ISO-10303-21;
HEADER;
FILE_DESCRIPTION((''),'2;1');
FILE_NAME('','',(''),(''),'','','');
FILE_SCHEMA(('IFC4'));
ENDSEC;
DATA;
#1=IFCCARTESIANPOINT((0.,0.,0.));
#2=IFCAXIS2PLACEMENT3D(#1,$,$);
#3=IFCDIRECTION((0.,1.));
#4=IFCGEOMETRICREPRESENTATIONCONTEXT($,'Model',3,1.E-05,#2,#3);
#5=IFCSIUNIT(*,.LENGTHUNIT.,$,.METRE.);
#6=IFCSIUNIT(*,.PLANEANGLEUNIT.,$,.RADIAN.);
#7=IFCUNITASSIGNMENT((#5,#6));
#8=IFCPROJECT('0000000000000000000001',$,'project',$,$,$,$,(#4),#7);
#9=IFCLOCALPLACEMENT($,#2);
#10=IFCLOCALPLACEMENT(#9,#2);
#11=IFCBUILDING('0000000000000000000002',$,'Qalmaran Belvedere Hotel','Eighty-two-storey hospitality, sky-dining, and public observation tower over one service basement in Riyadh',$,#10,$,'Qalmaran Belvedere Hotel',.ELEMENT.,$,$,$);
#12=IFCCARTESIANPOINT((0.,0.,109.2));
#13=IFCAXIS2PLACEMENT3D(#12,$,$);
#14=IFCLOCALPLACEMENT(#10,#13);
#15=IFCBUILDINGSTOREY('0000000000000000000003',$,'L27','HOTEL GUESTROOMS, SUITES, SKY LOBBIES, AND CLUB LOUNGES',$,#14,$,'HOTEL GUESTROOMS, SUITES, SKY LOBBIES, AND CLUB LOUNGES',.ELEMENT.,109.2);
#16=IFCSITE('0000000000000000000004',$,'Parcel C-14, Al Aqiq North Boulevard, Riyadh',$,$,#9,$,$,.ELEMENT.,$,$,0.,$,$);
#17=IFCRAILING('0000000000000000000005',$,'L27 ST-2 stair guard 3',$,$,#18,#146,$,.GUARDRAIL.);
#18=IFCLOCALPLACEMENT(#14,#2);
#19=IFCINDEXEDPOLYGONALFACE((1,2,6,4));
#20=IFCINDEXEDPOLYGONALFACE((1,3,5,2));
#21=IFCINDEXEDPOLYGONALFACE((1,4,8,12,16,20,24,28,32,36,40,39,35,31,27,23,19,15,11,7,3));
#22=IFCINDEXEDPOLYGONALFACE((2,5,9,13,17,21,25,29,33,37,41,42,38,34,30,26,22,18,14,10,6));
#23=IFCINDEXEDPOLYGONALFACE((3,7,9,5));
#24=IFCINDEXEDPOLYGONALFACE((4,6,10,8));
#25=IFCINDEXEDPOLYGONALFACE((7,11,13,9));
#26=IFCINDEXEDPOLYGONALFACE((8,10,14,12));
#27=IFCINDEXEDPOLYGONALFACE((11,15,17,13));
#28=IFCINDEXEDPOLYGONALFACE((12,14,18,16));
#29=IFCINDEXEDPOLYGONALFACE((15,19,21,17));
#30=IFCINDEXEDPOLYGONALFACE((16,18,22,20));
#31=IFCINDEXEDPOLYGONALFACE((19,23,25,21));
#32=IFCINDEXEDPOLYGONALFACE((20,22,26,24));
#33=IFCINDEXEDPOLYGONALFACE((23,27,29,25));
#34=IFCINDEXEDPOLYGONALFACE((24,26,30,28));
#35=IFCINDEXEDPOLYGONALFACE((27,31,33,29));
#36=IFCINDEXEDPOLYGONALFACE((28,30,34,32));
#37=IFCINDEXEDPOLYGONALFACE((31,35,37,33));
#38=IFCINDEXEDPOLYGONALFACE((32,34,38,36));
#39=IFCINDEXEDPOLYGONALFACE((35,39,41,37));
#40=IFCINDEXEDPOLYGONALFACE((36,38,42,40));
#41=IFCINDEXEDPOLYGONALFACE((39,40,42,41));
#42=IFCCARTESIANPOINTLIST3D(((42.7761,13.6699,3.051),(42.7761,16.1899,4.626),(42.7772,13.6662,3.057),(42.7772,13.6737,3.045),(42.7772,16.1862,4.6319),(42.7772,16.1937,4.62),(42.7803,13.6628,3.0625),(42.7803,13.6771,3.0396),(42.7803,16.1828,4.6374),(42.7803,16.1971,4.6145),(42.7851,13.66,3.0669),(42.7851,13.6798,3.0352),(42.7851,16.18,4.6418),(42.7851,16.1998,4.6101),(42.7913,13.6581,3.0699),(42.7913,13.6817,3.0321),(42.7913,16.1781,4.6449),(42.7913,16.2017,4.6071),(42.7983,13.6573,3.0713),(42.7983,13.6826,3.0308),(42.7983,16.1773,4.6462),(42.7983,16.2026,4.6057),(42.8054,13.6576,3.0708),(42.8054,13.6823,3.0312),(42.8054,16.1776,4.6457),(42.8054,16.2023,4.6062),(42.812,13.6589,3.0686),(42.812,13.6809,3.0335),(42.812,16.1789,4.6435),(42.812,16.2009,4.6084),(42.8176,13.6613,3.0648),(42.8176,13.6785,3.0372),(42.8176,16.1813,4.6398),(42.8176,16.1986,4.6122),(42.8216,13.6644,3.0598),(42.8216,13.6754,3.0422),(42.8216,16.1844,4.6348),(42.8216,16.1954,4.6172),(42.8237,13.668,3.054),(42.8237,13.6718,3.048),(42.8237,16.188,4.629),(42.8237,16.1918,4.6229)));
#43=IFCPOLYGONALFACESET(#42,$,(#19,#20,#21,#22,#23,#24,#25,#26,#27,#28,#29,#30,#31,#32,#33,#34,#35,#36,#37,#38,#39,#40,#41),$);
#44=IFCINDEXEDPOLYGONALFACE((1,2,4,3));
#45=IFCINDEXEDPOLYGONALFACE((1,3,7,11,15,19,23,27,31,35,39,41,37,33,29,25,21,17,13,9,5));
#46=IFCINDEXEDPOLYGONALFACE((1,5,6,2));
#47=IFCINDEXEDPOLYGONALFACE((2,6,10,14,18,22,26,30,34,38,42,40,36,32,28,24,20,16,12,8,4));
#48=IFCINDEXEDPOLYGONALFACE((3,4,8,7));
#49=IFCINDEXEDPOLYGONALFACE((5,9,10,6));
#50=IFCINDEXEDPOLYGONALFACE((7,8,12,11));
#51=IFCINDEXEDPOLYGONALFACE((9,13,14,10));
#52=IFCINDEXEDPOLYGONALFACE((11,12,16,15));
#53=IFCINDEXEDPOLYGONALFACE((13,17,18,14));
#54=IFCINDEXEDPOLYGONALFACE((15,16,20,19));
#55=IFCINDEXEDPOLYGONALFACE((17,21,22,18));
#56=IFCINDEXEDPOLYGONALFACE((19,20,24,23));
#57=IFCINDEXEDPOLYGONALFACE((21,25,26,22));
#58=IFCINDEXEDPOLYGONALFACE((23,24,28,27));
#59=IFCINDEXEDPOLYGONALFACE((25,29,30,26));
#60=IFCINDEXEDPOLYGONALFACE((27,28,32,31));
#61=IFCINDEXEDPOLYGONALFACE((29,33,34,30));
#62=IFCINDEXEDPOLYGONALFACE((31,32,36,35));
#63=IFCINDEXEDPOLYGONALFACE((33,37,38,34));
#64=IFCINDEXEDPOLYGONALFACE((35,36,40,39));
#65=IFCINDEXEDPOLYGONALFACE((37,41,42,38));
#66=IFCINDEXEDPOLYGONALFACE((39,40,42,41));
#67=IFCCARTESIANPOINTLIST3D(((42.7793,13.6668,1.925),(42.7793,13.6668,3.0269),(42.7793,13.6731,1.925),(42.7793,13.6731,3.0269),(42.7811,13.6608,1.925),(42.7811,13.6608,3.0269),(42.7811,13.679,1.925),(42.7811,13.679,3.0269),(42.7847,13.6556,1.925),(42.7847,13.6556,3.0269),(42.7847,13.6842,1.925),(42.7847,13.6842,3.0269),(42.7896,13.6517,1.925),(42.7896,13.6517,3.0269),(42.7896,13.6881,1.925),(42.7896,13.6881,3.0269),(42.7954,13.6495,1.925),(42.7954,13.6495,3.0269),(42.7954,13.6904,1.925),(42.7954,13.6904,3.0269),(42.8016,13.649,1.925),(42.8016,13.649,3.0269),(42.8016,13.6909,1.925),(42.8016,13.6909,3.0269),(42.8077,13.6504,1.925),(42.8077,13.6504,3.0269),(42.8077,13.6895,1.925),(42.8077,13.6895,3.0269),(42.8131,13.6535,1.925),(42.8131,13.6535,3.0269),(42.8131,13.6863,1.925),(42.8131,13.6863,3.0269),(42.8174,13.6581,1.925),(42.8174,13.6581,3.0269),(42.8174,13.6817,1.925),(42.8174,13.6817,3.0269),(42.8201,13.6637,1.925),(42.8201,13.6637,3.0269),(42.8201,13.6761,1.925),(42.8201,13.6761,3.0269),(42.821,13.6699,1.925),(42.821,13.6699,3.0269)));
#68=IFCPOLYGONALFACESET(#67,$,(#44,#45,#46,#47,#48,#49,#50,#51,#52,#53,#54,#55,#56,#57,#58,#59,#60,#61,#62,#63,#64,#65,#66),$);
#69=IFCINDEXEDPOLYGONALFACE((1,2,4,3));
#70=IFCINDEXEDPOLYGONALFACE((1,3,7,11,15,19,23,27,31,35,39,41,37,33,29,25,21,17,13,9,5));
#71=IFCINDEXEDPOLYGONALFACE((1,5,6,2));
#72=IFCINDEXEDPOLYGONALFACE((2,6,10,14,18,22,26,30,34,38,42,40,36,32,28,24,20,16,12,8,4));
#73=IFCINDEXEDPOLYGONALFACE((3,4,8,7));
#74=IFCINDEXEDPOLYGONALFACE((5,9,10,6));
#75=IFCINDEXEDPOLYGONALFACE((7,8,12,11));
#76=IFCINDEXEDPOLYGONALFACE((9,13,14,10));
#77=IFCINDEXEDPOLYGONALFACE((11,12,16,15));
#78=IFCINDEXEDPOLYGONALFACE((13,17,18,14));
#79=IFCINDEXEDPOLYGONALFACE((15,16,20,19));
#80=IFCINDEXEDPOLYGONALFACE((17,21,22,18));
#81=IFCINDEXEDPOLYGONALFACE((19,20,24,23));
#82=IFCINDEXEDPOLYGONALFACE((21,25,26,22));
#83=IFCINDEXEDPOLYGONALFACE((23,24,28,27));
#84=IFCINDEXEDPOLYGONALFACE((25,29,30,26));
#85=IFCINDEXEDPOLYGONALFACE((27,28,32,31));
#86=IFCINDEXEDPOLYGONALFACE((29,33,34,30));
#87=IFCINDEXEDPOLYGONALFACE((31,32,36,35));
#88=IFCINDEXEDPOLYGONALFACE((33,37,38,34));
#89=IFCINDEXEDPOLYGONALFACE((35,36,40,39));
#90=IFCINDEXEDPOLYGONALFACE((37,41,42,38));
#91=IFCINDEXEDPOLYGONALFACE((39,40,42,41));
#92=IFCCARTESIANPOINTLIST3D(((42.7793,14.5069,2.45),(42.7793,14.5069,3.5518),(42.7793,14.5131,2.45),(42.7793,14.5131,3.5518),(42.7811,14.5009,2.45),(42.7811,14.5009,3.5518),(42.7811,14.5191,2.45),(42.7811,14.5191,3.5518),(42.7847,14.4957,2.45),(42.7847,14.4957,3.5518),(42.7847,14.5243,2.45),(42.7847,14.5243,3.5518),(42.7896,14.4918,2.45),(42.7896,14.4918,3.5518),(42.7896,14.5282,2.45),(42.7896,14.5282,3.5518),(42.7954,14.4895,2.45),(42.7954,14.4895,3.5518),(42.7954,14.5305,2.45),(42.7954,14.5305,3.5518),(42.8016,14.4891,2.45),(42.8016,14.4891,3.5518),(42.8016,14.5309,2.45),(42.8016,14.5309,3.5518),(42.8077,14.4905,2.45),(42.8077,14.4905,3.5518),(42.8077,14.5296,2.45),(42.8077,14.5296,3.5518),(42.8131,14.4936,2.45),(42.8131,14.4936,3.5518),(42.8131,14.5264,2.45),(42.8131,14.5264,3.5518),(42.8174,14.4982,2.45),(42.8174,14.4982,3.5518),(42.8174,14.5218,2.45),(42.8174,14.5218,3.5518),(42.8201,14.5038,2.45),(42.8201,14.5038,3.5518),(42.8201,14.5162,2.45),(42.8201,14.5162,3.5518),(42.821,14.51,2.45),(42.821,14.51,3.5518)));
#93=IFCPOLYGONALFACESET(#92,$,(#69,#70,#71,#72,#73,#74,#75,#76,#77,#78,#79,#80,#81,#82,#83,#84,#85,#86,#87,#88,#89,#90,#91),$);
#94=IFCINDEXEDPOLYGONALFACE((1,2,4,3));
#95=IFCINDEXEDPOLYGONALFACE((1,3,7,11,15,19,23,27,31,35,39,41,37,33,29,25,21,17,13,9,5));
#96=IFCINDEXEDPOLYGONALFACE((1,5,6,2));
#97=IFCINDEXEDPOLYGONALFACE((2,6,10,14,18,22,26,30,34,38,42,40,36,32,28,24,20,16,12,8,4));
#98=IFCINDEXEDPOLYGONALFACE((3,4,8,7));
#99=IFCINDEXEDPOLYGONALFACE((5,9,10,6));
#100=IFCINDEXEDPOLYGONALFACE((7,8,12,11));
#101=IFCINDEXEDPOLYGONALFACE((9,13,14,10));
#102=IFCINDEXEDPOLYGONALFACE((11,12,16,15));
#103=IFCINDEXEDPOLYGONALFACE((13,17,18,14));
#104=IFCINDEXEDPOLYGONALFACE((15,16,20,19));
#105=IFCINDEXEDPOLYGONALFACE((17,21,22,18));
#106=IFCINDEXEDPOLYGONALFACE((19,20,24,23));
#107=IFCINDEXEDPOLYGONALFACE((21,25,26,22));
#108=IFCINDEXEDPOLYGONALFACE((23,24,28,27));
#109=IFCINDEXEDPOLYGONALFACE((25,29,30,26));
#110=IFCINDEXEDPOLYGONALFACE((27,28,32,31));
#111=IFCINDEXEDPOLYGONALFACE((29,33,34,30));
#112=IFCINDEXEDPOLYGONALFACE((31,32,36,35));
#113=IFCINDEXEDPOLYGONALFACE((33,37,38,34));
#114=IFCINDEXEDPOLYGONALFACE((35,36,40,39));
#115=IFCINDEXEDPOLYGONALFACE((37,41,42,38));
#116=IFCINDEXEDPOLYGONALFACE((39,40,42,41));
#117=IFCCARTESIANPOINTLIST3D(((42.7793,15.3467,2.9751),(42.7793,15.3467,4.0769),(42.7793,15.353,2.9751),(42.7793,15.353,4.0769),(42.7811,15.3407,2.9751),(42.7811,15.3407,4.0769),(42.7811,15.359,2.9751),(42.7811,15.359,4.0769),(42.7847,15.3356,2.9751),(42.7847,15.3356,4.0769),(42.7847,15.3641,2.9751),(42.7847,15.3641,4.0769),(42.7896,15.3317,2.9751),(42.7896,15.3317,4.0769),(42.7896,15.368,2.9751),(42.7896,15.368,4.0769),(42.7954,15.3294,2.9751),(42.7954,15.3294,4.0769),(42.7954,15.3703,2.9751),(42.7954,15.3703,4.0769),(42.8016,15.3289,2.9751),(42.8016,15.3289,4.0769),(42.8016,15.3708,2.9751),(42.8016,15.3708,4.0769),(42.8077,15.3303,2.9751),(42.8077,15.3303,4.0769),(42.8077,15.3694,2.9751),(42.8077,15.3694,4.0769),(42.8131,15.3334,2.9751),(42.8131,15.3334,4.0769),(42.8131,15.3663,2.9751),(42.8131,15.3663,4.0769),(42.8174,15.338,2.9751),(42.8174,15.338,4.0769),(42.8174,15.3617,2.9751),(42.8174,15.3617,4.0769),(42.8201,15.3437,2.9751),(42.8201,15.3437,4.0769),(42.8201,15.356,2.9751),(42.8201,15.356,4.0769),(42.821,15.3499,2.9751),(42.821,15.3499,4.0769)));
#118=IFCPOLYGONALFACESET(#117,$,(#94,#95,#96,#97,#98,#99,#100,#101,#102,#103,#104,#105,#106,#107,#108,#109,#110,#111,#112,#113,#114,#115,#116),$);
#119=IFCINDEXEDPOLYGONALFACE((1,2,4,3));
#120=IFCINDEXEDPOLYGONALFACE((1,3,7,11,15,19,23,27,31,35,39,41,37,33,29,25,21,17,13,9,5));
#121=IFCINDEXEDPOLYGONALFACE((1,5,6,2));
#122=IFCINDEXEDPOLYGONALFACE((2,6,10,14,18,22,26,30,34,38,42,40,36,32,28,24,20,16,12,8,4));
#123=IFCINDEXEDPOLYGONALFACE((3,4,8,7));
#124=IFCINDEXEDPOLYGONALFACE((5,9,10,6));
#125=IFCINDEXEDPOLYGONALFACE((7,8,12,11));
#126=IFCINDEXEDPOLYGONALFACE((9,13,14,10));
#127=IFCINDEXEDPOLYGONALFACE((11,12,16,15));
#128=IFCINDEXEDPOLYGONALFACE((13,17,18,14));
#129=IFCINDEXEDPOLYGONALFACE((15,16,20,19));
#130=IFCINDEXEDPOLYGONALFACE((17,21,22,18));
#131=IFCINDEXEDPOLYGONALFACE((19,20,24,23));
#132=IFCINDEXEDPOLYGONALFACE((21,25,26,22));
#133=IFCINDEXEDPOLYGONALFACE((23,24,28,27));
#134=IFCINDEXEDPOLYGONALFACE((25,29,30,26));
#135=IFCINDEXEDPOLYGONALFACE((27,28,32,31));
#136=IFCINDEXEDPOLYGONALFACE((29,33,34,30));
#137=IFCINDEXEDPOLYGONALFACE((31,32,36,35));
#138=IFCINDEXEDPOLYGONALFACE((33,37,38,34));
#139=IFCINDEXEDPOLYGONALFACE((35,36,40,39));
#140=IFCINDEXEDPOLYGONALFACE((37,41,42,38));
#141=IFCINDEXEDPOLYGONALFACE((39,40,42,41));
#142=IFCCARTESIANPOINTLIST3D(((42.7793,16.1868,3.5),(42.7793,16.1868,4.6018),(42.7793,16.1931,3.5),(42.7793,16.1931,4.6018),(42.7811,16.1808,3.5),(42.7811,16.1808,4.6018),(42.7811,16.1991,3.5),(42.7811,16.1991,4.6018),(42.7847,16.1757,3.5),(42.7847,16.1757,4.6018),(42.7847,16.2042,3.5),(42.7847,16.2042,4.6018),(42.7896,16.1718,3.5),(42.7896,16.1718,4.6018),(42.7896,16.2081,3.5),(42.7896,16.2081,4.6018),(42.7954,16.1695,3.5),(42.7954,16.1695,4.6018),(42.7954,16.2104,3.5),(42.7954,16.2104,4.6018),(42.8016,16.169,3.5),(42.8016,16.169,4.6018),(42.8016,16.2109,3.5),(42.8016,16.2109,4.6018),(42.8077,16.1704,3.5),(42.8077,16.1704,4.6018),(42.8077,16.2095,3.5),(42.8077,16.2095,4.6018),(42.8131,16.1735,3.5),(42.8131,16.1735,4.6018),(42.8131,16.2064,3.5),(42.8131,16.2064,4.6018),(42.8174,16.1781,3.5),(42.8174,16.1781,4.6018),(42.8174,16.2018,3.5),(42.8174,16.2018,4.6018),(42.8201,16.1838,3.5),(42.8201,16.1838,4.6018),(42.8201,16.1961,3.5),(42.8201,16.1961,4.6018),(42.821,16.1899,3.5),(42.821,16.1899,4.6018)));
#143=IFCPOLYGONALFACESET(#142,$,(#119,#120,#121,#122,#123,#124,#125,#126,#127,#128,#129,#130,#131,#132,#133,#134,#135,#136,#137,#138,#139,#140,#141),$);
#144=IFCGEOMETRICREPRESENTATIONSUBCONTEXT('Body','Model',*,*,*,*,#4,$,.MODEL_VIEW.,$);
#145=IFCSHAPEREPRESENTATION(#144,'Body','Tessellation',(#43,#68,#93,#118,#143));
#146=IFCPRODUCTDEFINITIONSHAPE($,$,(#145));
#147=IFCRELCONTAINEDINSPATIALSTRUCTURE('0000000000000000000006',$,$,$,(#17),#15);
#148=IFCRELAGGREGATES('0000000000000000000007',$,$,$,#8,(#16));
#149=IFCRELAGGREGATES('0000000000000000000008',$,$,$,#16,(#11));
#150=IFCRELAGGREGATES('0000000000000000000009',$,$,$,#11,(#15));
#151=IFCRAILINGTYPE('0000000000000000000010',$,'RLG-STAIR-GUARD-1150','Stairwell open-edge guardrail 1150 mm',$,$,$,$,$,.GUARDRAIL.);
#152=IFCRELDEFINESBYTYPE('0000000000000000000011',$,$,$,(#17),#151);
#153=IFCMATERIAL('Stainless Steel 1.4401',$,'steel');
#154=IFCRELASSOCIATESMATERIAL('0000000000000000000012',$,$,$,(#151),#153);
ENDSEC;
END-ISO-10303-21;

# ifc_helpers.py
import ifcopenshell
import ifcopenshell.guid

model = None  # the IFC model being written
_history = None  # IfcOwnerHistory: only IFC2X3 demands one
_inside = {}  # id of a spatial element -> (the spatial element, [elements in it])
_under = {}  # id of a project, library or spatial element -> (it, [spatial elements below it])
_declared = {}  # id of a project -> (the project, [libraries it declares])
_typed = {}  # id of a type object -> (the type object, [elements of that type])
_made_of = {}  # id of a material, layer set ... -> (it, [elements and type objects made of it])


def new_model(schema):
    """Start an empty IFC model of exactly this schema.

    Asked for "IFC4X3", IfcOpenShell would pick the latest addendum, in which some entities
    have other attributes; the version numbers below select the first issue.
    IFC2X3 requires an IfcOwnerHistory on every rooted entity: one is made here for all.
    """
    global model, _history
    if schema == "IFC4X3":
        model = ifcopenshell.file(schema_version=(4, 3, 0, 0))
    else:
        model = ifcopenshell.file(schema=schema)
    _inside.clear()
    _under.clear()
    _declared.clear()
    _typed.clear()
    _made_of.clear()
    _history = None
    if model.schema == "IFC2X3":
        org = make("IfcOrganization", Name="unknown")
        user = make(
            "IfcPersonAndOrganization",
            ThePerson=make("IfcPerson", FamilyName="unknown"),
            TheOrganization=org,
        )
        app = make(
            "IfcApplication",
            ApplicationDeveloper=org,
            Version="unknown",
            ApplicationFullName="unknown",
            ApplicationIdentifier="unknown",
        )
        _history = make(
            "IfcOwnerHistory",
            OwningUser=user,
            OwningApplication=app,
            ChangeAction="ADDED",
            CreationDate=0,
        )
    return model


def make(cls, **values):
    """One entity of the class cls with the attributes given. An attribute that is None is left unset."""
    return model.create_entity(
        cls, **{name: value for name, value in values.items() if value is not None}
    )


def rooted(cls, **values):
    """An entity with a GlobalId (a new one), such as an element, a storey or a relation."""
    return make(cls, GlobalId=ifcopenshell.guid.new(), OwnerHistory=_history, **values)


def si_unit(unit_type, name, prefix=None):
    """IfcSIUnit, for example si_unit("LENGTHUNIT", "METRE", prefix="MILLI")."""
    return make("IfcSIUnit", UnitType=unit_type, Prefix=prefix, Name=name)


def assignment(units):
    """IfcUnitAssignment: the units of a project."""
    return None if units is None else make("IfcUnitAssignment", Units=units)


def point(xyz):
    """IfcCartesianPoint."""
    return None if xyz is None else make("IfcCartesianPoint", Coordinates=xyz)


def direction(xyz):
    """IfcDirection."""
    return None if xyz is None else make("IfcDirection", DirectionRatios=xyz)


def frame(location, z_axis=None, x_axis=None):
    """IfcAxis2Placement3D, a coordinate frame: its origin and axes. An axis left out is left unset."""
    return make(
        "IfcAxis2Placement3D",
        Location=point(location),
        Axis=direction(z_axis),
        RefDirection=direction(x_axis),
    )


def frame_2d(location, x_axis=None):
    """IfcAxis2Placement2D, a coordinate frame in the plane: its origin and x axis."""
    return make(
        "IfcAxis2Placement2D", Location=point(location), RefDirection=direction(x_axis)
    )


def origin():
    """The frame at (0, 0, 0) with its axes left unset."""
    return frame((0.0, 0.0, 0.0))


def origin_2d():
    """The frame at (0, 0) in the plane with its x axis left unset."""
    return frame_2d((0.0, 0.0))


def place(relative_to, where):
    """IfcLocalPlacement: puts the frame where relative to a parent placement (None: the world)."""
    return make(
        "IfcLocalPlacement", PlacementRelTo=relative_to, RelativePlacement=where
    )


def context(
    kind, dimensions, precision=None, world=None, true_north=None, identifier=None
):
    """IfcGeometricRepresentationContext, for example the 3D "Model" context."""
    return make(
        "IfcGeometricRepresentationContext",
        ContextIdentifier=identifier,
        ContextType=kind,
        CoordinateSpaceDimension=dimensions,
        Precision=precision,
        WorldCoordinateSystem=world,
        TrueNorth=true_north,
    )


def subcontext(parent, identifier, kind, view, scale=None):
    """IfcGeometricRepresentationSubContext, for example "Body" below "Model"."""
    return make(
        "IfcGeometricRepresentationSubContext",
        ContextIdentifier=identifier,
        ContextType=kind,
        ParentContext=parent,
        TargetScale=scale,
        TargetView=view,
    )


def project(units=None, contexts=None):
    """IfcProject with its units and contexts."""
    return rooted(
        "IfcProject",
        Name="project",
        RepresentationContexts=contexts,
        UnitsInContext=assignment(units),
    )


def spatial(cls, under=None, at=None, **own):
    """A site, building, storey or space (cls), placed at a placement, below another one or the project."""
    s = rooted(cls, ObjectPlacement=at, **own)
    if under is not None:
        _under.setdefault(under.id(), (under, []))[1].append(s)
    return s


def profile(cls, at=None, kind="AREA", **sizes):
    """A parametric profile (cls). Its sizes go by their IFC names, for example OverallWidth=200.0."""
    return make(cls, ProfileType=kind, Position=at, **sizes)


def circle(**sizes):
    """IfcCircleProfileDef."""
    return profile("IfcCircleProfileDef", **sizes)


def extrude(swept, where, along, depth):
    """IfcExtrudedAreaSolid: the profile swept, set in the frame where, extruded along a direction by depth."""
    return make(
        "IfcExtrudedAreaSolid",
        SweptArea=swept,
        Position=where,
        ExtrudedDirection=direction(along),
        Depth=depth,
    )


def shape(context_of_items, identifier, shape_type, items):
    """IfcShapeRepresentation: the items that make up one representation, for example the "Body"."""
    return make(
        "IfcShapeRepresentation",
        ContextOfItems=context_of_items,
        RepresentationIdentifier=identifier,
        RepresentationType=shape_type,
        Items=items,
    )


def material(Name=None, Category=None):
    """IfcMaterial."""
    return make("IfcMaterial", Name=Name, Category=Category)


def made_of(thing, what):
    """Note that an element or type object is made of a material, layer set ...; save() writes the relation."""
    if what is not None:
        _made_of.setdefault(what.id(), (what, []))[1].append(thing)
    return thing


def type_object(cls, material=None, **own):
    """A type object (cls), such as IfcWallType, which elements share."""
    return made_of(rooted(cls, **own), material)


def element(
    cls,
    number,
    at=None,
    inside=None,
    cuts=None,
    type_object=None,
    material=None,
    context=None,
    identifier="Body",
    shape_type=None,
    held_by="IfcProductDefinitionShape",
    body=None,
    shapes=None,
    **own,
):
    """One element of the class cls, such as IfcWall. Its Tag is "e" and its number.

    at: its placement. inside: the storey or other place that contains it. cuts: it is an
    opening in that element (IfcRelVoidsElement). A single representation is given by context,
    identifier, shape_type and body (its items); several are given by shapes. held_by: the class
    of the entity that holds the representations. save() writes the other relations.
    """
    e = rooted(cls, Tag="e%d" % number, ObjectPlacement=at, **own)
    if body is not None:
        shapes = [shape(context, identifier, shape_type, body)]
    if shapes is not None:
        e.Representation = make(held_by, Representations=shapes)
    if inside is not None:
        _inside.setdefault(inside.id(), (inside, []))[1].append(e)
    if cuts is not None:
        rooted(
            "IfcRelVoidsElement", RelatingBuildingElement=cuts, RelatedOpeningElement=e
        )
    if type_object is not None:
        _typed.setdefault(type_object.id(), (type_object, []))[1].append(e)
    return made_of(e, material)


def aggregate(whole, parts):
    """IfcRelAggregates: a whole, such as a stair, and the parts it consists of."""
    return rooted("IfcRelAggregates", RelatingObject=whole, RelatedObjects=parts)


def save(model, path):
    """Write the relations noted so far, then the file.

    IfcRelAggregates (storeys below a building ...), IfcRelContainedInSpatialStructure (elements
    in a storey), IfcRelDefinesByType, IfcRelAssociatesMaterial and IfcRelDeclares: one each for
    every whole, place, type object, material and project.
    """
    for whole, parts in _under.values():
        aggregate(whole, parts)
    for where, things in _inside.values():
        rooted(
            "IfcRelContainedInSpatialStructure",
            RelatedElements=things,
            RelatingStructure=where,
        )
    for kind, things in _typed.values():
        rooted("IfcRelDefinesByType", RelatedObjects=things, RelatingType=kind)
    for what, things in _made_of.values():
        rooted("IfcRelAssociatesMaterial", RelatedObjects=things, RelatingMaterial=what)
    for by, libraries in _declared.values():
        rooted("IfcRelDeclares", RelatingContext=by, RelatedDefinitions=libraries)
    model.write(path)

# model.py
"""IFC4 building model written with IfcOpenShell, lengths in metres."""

from ifc_helpers import new_model, si_unit, direction, frame, origin, origin_2d, place, context, subcontext, project, spatial, circle, extrude, material, type_object, element, save


model = new_model("IFC4")

# Units and contexts
model_context = context("Model", 3, precision=1e-05, world=origin(), true_north=direction((0.0, 1.0)))
body_context = subcontext(model_context, "Body", "Model", "MODEL_VIEW")
ifc_project = project(units=[si_unit("LENGTHUNIT", "METRE"), si_unit("PLANEANGLEUNIT", "RADIAN")], contexts=[model_context])

# Site, building, storey
site_placement = place(None, origin())
site = spatial("IfcSite", under=ifc_project, at=site_placement, Name="Parcel C-14, Al Aqiq North Boulevard, Riyadh", CompositionType="ELEMENT", RefElevation=0.0)
building_placement = place(site_placement, origin())
building = spatial("IfcBuilding", under=site, at=building_placement, Name="Qalmaran Belvedere Hotel", Description="Eighty-two-storey hospitality, sky-dining, and public observation tower over one service basement in Riyadh", LongName="Qalmaran Belvedere Hotel", CompositionType="ELEMENT")
storey_placement = place(building_placement, frame((0.0, 0.0, 109.2)))
storey = spatial("IfcBuildingStorey", under=building, at=storey_placement, Name="L27", Description="HOTEL GUESTROOMS, SUITES, SKY LOBBIES, AND CLUB LOUNGES", LongName="HOTEL GUESTROOMS, SUITES, SKY LOBBIES, AND CLUB LOUNGES", CompositionType="ELEMENT", Elevation=109.2)

# Shared definitions
ifc_material_1 = material(Name="Stainless Steel 1.4401", Category="steel")

# Railing
railing_type_1 = type_object("IfcRailingType", Name="RLG-STAIR-GUARD-1150", Description="Stairwell open-edge guardrail 1150 mm", PredefinedType="GUARDRAIL", material=ifc_material_1)
railing_1_placement = place(storey_placement, frame((42.8, 13.6699, 1.925)))
element("IfcRailing", 1, at=railing_1_placement, inside=storey, type_object=railing_type_1, Name="L27 ST-2 stair guard 3", PredefinedType="GUARDRAIL", context=body_context, shape_type="SweptSolid", body=[
    extrude(circle(Radius=0.0239, at=origin_2d()), frame((0.0, 0.0, 1.126), z_axis=(0.0, 0.848008, 0.529984), x_axis=(-1.0, 0.0, 0.0)), (0.0, 0.0, 1.0), 2.9717),
    extrude(circle(Radius=0.021, at=origin_2d()), origin(), (0.0, 0.0, 1.0), 1.1018),
    extrude(circle(Radius=0.021, at=origin_2d()), frame((0.0, 0.8401, 0.5249)), (0.0, 0.0, 1.0), 1.1018),
    extrude(circle(Radius=0.021, at=origin_2d()), frame((0.0, 1.6799, 1.05)), (0.0, 0.0, 1.0), 1.1018),
    extrude(circle(Radius=0.021, at=origin_2d()), frame((0.0, 2.52, 1.575)), (0.0, 0.0, 1.0), 1.1018),
])

save(model, "model.ifc")
